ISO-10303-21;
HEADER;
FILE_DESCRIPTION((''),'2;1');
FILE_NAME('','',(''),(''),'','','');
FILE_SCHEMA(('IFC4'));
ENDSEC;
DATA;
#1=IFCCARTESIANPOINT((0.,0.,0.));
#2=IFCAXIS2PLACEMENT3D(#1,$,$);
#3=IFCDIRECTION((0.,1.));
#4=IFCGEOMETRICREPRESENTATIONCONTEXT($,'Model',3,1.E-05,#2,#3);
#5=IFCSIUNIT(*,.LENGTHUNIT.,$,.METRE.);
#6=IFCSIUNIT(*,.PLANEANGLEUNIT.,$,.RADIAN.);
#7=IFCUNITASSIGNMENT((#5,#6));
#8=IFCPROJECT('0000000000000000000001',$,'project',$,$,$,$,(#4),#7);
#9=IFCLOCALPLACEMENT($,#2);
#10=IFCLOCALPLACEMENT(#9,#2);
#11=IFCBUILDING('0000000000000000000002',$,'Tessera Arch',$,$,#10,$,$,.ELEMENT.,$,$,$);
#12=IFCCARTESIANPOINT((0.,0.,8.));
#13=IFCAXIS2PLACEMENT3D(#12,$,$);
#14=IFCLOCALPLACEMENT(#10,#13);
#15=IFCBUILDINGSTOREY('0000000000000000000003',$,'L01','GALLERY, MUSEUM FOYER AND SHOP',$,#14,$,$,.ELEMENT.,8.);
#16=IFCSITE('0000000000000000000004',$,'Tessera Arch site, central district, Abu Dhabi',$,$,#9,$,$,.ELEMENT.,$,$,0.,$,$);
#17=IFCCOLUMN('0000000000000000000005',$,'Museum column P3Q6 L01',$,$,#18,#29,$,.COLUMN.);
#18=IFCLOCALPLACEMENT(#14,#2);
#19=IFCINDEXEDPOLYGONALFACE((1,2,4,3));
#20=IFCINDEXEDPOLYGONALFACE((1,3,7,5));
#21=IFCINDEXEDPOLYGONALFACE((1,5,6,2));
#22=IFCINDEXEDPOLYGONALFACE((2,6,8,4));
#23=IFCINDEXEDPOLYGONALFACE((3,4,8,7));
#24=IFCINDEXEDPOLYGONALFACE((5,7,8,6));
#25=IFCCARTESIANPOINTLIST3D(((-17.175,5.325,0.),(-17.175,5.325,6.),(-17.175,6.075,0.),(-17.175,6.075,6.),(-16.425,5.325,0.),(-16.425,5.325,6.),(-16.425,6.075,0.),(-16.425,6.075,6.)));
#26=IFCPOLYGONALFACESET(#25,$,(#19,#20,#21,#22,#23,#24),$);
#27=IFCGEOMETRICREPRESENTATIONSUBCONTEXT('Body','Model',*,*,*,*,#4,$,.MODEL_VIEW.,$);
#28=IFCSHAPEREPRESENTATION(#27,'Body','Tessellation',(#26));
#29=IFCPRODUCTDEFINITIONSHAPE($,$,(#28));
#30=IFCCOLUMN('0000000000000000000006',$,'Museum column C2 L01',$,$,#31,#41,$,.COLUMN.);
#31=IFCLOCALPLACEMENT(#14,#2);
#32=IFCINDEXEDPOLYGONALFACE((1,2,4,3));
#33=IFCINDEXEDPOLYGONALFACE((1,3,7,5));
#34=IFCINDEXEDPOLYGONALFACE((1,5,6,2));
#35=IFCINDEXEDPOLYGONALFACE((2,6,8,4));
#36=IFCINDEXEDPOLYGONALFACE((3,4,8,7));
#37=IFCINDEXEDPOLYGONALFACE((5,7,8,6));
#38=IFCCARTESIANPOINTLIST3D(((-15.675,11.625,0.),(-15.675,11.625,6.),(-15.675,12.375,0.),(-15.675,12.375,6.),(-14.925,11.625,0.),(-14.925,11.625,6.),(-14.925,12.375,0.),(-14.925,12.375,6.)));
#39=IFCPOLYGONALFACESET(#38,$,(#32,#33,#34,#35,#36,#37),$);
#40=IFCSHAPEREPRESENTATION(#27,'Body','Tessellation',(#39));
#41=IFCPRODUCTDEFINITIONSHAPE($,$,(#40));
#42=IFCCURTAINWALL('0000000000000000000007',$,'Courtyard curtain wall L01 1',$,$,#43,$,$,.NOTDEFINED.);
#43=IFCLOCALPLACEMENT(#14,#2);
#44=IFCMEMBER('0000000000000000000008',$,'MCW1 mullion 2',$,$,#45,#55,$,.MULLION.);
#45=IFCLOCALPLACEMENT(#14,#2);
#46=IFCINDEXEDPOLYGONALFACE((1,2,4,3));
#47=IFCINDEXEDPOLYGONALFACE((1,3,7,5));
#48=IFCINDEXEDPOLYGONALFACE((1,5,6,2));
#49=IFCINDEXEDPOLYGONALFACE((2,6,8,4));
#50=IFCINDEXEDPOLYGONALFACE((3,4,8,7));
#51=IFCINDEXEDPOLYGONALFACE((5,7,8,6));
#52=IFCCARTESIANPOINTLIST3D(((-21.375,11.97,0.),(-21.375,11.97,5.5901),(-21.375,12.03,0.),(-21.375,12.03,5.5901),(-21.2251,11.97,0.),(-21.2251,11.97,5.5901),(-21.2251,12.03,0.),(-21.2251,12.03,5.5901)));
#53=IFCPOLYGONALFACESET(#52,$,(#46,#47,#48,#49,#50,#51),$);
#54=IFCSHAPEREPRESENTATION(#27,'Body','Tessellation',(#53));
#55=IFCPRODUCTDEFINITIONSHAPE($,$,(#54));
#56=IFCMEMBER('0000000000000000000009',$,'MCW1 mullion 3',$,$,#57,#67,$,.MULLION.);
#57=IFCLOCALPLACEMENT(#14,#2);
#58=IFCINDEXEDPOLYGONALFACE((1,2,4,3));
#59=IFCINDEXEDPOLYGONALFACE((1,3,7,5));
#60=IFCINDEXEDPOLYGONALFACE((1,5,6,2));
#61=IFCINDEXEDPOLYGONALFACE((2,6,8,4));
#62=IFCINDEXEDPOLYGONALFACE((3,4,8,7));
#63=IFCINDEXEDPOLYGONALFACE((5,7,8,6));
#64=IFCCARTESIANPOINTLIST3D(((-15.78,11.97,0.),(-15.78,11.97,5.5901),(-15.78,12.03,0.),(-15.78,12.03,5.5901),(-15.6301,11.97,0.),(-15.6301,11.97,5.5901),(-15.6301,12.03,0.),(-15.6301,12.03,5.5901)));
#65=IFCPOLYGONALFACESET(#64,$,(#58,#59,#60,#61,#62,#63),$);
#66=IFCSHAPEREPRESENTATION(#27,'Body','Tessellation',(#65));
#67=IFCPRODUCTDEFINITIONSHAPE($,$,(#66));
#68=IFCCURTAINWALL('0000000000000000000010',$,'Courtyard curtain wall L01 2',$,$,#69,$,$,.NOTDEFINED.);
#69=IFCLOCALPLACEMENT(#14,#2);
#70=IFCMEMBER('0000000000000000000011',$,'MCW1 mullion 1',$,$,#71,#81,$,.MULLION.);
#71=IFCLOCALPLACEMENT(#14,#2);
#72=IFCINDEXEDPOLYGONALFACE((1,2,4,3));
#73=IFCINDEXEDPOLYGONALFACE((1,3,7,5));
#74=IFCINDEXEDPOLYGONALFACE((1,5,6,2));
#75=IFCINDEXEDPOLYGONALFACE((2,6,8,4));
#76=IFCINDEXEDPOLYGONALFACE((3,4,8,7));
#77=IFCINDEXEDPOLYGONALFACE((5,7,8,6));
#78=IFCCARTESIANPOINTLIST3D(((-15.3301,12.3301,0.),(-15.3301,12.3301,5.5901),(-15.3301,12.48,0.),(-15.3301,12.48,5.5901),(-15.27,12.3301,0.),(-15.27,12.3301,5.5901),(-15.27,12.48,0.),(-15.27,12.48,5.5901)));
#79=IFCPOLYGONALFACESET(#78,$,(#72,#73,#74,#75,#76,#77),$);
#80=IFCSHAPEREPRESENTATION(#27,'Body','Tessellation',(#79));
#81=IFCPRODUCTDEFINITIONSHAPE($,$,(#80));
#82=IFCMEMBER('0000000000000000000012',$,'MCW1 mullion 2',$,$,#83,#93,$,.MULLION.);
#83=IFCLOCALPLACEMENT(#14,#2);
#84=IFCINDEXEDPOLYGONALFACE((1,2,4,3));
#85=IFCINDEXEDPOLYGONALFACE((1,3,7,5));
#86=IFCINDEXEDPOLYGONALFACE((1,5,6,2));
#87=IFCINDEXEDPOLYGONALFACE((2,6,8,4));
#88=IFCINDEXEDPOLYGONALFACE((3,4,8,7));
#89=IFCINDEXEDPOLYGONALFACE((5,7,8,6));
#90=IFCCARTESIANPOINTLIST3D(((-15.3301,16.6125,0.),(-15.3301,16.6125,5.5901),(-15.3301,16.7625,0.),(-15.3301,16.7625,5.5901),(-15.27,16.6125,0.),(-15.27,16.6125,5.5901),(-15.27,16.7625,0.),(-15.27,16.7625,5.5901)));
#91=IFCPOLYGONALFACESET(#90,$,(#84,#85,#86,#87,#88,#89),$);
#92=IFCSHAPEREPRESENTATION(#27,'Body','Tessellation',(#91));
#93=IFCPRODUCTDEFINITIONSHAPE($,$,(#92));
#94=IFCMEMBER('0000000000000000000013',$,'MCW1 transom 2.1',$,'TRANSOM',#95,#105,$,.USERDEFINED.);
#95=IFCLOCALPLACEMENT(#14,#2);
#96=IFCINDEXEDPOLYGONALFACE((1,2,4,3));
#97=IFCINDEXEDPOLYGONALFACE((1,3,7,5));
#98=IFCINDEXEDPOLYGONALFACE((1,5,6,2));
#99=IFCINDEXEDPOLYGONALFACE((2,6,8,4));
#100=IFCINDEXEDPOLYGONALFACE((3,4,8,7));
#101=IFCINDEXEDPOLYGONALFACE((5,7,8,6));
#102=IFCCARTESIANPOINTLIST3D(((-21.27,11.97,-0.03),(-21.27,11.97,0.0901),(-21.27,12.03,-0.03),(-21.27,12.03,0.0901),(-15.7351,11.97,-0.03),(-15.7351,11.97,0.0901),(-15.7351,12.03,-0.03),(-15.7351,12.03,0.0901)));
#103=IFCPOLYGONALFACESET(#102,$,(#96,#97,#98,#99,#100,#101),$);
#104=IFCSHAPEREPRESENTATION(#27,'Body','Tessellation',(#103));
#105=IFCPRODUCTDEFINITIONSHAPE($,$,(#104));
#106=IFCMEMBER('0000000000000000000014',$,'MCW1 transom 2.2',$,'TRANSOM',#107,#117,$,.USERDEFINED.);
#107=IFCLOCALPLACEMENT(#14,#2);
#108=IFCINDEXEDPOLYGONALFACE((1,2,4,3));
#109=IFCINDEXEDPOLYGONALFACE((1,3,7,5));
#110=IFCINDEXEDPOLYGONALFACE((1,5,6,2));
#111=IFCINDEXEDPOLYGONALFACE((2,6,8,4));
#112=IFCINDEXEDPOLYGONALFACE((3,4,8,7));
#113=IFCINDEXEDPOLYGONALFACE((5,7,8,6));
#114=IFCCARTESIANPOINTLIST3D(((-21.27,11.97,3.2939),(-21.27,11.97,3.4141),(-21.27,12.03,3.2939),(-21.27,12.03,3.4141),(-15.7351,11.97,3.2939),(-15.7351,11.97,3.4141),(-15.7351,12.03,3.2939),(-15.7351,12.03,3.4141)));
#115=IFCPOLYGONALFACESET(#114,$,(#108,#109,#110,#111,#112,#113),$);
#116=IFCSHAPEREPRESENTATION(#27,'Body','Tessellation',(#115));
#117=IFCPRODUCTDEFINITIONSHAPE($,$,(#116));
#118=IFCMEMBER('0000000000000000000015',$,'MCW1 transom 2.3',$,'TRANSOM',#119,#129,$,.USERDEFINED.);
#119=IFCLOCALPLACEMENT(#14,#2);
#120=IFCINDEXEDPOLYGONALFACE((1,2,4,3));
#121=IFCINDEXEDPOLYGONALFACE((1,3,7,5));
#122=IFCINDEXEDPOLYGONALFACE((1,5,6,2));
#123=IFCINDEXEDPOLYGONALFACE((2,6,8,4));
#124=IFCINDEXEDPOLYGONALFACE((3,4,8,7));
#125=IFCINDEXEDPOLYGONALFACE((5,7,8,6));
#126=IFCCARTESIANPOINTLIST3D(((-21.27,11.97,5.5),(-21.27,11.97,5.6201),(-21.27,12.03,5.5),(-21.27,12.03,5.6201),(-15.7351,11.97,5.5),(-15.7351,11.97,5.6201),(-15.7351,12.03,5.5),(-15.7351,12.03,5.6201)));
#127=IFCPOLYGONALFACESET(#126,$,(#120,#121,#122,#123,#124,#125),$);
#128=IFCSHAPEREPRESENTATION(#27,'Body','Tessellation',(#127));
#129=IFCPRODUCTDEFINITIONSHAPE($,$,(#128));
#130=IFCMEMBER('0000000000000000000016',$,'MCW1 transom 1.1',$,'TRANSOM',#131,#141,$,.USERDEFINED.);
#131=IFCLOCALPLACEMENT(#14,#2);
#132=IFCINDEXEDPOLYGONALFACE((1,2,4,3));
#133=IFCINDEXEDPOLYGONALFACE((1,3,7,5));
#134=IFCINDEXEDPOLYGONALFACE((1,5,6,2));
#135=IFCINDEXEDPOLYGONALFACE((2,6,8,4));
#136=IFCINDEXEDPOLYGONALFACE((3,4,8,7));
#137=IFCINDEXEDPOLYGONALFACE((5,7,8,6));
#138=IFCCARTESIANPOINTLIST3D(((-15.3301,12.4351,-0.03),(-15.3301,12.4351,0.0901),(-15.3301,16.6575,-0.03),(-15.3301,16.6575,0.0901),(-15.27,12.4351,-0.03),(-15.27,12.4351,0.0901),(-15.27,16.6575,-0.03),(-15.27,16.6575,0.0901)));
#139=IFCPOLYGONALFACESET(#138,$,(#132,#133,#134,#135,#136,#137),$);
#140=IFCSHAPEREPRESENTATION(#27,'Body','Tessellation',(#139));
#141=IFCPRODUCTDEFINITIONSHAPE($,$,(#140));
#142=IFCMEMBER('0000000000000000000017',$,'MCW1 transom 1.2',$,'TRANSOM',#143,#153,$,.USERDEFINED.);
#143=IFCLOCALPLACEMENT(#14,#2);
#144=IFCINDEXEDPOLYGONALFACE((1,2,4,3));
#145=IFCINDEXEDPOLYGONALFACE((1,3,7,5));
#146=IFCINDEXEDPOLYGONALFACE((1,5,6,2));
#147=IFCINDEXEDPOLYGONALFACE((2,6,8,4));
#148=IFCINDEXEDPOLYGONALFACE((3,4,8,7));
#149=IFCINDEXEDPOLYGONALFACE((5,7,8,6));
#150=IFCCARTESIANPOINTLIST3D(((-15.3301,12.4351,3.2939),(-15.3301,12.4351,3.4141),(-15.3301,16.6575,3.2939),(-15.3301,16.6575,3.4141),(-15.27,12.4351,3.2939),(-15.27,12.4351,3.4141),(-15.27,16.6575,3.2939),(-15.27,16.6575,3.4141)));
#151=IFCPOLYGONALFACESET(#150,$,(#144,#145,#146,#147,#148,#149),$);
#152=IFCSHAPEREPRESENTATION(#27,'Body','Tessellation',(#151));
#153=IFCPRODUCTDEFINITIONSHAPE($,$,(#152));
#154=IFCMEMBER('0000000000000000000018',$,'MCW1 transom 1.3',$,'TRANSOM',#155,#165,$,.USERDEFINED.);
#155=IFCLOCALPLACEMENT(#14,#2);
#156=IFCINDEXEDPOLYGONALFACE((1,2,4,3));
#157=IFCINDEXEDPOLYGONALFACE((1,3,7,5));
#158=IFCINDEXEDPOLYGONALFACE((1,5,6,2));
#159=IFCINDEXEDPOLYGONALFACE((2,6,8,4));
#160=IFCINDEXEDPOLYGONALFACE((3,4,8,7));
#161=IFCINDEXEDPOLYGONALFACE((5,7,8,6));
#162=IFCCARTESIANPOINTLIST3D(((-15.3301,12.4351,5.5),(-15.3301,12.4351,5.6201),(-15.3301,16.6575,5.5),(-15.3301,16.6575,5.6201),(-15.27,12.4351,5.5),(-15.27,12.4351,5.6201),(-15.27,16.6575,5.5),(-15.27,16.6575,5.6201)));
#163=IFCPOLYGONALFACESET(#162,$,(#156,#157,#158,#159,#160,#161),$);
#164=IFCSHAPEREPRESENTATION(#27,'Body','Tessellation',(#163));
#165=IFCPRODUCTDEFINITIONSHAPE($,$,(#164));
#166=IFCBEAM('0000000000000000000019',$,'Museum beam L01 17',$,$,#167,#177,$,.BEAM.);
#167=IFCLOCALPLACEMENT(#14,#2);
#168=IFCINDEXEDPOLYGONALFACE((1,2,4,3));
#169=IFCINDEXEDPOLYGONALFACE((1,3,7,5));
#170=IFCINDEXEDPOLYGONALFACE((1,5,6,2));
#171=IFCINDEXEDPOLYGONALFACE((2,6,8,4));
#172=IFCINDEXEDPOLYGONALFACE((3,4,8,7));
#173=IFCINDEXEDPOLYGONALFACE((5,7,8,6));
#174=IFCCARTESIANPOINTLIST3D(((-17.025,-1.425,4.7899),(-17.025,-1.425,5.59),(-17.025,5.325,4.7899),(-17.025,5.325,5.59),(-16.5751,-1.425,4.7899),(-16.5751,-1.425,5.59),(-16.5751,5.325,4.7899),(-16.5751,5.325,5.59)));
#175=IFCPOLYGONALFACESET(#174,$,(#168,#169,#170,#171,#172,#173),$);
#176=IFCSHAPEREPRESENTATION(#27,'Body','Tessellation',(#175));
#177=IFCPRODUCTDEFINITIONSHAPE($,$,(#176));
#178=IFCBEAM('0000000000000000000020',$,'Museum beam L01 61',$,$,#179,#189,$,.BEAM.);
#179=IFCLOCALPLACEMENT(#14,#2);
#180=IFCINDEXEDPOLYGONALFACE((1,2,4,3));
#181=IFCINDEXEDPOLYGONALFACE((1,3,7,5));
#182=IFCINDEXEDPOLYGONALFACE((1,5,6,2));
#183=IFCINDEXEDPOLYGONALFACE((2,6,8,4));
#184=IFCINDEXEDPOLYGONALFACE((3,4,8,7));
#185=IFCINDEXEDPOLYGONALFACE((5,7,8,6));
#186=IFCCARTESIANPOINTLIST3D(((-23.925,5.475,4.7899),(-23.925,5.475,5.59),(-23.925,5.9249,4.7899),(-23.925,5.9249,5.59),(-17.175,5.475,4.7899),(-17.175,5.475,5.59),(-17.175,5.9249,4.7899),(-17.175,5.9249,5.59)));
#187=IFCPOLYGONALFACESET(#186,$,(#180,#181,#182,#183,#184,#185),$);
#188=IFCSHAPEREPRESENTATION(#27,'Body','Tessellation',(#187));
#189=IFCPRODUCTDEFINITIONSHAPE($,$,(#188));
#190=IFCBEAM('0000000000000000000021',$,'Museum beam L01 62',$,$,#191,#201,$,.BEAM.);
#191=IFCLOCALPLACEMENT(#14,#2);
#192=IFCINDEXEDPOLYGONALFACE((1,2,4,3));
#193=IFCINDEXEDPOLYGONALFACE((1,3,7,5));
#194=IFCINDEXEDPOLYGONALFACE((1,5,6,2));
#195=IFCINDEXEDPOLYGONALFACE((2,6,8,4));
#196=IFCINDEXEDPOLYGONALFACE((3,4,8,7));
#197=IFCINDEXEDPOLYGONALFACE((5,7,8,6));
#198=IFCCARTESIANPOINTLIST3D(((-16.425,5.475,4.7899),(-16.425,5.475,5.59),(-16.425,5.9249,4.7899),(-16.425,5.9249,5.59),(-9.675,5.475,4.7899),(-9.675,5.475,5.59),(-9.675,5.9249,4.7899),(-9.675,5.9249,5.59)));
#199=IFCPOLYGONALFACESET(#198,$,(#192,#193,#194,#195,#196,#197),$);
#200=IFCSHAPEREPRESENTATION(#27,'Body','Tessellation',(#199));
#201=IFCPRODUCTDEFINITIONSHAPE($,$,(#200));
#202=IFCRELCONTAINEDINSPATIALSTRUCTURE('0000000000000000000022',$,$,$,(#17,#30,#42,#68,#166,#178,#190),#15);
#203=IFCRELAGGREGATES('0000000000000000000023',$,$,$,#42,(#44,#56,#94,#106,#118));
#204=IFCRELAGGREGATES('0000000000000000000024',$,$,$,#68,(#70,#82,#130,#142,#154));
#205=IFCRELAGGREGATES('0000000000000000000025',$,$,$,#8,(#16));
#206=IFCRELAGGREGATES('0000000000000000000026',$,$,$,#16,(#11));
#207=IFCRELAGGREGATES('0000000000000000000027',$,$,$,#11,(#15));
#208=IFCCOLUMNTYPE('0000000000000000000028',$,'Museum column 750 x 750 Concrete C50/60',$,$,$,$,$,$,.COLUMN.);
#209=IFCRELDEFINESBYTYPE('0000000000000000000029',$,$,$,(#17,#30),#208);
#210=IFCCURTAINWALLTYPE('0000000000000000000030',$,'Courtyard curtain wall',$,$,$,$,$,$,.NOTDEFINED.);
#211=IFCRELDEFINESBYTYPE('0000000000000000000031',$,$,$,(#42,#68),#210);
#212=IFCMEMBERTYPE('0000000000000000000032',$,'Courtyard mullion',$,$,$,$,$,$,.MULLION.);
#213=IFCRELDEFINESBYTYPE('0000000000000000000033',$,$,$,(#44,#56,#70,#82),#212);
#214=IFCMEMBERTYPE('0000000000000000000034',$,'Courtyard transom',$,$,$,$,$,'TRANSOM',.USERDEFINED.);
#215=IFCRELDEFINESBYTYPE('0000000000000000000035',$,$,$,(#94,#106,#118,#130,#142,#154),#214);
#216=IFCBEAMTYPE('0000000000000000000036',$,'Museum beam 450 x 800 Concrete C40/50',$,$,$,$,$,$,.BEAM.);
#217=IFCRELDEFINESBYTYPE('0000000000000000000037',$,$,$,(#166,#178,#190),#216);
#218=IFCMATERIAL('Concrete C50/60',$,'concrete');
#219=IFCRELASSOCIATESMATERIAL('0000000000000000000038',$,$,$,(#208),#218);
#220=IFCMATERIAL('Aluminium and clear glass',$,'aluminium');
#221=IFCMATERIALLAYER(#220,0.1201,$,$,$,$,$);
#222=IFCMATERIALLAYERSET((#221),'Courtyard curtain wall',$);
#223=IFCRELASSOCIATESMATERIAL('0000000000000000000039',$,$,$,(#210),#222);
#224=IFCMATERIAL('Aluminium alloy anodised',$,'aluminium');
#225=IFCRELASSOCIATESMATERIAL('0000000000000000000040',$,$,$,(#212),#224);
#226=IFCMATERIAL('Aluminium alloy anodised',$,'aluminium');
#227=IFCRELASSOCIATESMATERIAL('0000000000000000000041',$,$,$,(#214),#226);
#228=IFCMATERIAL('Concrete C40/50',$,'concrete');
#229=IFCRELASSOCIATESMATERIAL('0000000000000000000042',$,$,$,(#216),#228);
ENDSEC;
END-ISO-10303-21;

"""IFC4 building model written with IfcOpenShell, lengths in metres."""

from ifc_helpers import new_model, si_unit, direction, frame, origin, origin_2d, place, context, subcontext, project, spatial, rectangle, extrude, material, layer, layer_set, material_profile, profile_set, type_object, element, aggregate, save


model = new_model("IFC4")

# Units and contexts
model_context = context("Model", 3, precision=1e-05, world=origin(), true_north=direction((0.0, 1.0)))
body_context = subcontext(model_context, "Body", "Model", "MODEL_VIEW")
ifc_project = project(units=[si_unit("LENGTHUNIT", "METRE"), si_unit("PLANEANGLEUNIT", "RADIAN")], contexts=[model_context])

# Site, building, storey
site_placement = place(None, origin())
site = spatial("IfcSite", under=ifc_project, at=site_placement, Name="Tessera Arch site, central district, Abu Dhabi", CompositionType="ELEMENT", RefElevation=0.0)
building_placement = place(site_placement, origin())
building = spatial("IfcBuilding", under=site, at=building_placement, Name="Tessera Arch", CompositionType="ELEMENT")
storey_placement = place(building_placement, frame((0.0, 0.0, 8.0)))
storey = spatial("IfcBuildingStorey", under=building, at=storey_placement, Name="L01", Description="GALLERY, MUSEUM FOYER AND SHOP", CompositionType="ELEMENT", Elevation=8.0)

# Columns
ifc_material_1 = material(Name="Concrete C50/60", Category="concrete")
ifc_material_profile_1 = material_profile(ifc_material_1, rectangle(XDim=0.75, YDim=0.75, at=origin_2d()), Name="Museum column 750 x 750 Concrete C50/60")
ifc_profile_set_1 = profile_set([ifc_material_profile_1], Name="Concrete C50/60")
column_type = type_object("IfcColumnType", Name="Museum column 750 x 750 Concrete C50/60", PredefinedType="COLUMN", material=ifc_profile_set_1)
for number, where, z_axis, x_axis, name in (
    (1, (-16.8, 5.7, 0.0), (0.0, 0.0, 1.0), (1.0, 0.0, 0.0), "Museum column P3Q6 L01"),
    (2, (-15.3, 12.0, 0.0), (0.0, 0.0, 1.0), (1.0, 0.0, 0.0), "Museum column C2 L01"),
):
    element("IfcColumn", number, at=place(storey_placement, frame(where, z_axis=z_axis, x_axis=x_axis)), inside=storey, type_object=column_type, Name=name, PredefinedType="COLUMN", context=body_context, shape_type="SweptSolid", body=[
        extrude(rectangle(XDim=0.75, YDim=0.75, at=origin_2d()), origin(), (0.0, 0.0, 1.0), 6.0),
    ])

# Curtain walls, members
ifc_material_2 = material(Name="Aluminium and clear glass", Category="aluminium")
ifc_layer_1 = layer(ifc_material_2, 0.1201)
ifc_layer_set_1 = layer_set([ifc_layer_1], Name="Courtyard curtain wall")
curtain_wall_type = type_object("IfcCurtainWallType", Name="Courtyard curtain wall", PredefinedType="NOTDEFINED", material=ifc_layer_set_1)
curtain_wall_1_placement = place(storey_placement, origin())
curtain_wall_1 = element("IfcCurtainWall", 3, at=curtain_wall_1_placement, inside=storey, type_object=curtain_wall_type, Name="Courtyard curtain wall L01 1", PredefinedType="NOTDEFINED")
ifc_material_3 = material(Name="Aluminium alloy anodised", Category="aluminium")
ifc_material_profile_2 = material_profile(ifc_material_3, rectangle(XDim=0.0601, YDim=0.1499, at=origin_2d()), Name="Courtyard mullion")
ifc_profile_set_2 = profile_set([ifc_material_profile_2], Name="Aluminium alloy anodised")
member_type_1 = type_object("IfcMemberType", Name="Courtyard mullion", PredefinedType="MULLION", material=ifc_profile_set_2)
member_1_placement = place(storey_placement, frame((-21.3, 12.0, 0.0), z_axis=(0.0, 0.0, 1.0), x_axis=(0.0, 1.0, 0.0)))
member_1 = element("IfcMember", 4, at=member_1_placement, type_object=member_type_1, Name="MCW1 mullion 2", PredefinedType="MULLION", context=body_context, shape_type="SweptSolid", body=[
    extrude(rectangle(XDim=0.0601, YDim=0.1499, at=origin_2d()), origin(), (0.0, 0.0, 1.0), 5.5901),
])
member_2_placement = place(storey_placement, frame((-15.7051, 12.0, 0.0), z_axis=(0.0, 0.0, 1.0), x_axis=(0.0, 1.0, 0.0)))
member_2 = element("IfcMember", 5, at=member_2_placement, type_object=member_type_1, Name="MCW1 mullion 3", PredefinedType="MULLION", context=body_context, shape_type="SweptSolid", body=[
    extrude(rectangle(XDim=0.0601, YDim=0.1499, at=origin_2d()), origin(), (0.0, 0.0, 1.0), 5.5901),
])
curtain_wall_2_placement = place(storey_placement, origin())
curtain_wall_2 = element("IfcCurtainWall", 6, at=curtain_wall_2_placement, inside=storey, type_object=curtain_wall_type, Name="Courtyard curtain wall L01 2", PredefinedType="NOTDEFINED")
member_3_placement = place(storey_placement, frame((-15.3, 12.405, 0.0), z_axis=(0.0, 0.0, 1.0), x_axis=(-1.0, 0.0, 0.0)))
member_3 = element("IfcMember", 7, at=member_3_placement, type_object=member_type_1, Name="MCW1 mullion 1", PredefinedType="MULLION", context=body_context, shape_type="SweptSolid", body=[
    extrude(rectangle(XDim=0.0601, YDim=0.1499, at=origin_2d()), origin(), (0.0, 0.0, 1.0), 5.5901),
])
member_4_placement = place(storey_placement, frame((-15.3, 16.6875, 0.0), z_axis=(0.0, 0.0, 1.0), x_axis=(-1.0, 0.0, 0.0)))
member_4 = element("IfcMember", 8, at=member_4_placement, type_object=member_type_1, Name="MCW1 mullion 2", PredefinedType="MULLION", context=body_context, shape_type="SweptSolid", body=[
    extrude(rectangle(XDim=0.0601, YDim=0.1499, at=origin_2d()), origin(), (0.0, 0.0, 1.0), 5.5901),
])

# Members
ifc_material_4 = material(Name="Aluminium alloy anodised", Category="aluminium")
ifc_material_profile_3 = material_profile(ifc_material_4, rectangle(XDim=0.0601, YDim=0.1201, at=origin_2d()), Name="Courtyard transom")
ifc_profile_set_3 = profile_set([ifc_material_profile_3], Name="Aluminium alloy anodised")
member_type_2 = type_object("IfcMemberType", Name="Courtyard transom", ElementType="TRANSOM", PredefinedType="USERDEFINED", material=ifc_profile_set_3)
member_5_placement = place(storey_placement, frame((-21.27, 12.0, 0.03), z_axis=(1.0, 0.0, 0.0), x_axis=(0.0, 1.0, 0.0)))
member_5 = element("IfcMember", 9, at=member_5_placement, type_object=member_type_2, Name="MCW1 transom 2.1", ObjectType="TRANSOM", PredefinedType="USERDEFINED", context=body_context, shape_type="SweptSolid", body=[
    extrude(rectangle(XDim=0.0601, YDim=0.1201, at=origin_2d()), origin(), (0.0, 0.0, 1.0), 5.5349),
])
member_6_placement = place(storey_placement, frame((-21.27, 12.0, 3.354), z_axis=(1.0, 0.0, 0.0), x_axis=(0.0, 1.0, 0.0)))
member_6 = element("IfcMember", 10, at=member_6_placement, type_object=member_type_2, Name="MCW1 transom 2.2", ObjectType="TRANSOM", PredefinedType="USERDEFINED", context=body_context, shape_type="SweptSolid", body=[
    extrude(rectangle(XDim=0.0601, YDim=0.1201, at=origin_2d()), origin(), (0.0, 0.0, 1.0), 5.5349),
])
member_7_placement = place(storey_placement, frame((-21.27, 12.0, 5.5601), z_axis=(1.0, 0.0, 0.0), x_axis=(0.0, 1.0, 0.0)))
member_7 = element("IfcMember", 11, at=member_7_placement, type_object=member_type_2, Name="MCW1 transom 2.3", ObjectType="TRANSOM", PredefinedType="USERDEFINED", context=body_context, shape_type="SweptSolid", body=[
    extrude(rectangle(XDim=0.0601, YDim=0.1201, at=origin_2d()), origin(), (0.0, 0.0, 1.0), 5.5349),
])
member_8_placement = place(storey_placement, frame((-15.3, 12.4351, 0.03), z_axis=(0.0, 1.0, 0.0), x_axis=(-1.0, 0.0, 0.0)))
member_8 = element("IfcMember", 12, at=member_8_placement, type_object=member_type_2, Name="MCW1 transom 1.1", ObjectType="TRANSOM", PredefinedType="USERDEFINED", context=body_context, shape_type="SweptSolid", body=[
    extrude(rectangle(XDim=0.0601, YDim=0.1201, at=origin_2d()), origin(), (0.0, 0.0, 1.0), 4.2224),
])
member_9_placement = place(storey_placement, frame((-15.3, 12.4351, 3.354), z_axis=(0.0, 1.0, 0.0), x_axis=(-1.0, 0.0, 0.0)))
member_9 = element("IfcMember", 13, at=member_9_placement, type_object=member_type_2, Name="MCW1 transom 1.2", ObjectType="TRANSOM", PredefinedType="USERDEFINED", context=body_context, shape_type="SweptSolid", body=[
    extrude(rectangle(XDim=0.0601, YDim=0.1201, at=origin_2d()), origin(), (0.0, 0.0, 1.0), 4.2224),
])
member_10_placement = place(storey_placement, frame((-15.3, 12.4351, 5.5601), z_axis=(0.0, 1.0, 0.0), x_axis=(-1.0, 0.0, 0.0)))
member_10 = element("IfcMember", 14, at=member_10_placement, type_object=member_type_2, Name="MCW1 transom 1.3", ObjectType="TRANSOM", PredefinedType="USERDEFINED", context=body_context, shape_type="SweptSolid", body=[
    extrude(rectangle(XDim=0.0601, YDim=0.1201, at=origin_2d()), origin(), (0.0, 0.0, 1.0), 4.2224),
])

# Beams
ifc_material_5 = material(Name="Concrete C40/50", Category="concrete")
ifc_material_profile_4 = material_profile(ifc_material_5, rectangle(XDim=0.45, YDim=0.8, at=origin_2d()), Name="Museum beam 450 x 800 Concrete C40/50")
ifc_profile_set_4 = profile_set([ifc_material_profile_4], Name="Concrete C40/50")
beam_type = type_object("IfcBeamType", Name="Museum beam 450 x 800 Concrete C40/50", PredefinedType="BEAM", material=ifc_profile_set_4)
for number, where, z_axis, x_axis, name in (
    (15, (-16.8, -1.425, 5.1899), (0.0, 1.0, 0.0), (-1.0, 0.0, 0.0), "Museum beam L01 17"),
    (16, (-23.925, 5.7, 5.1899), (1.0, 0.0, 0.0), (0.0, 1.0, 0.0), "Museum beam L01 61"),
    (17, (-16.425, 5.7, 5.1899), (1.0, 0.0, 0.0), (0.0, 1.0, 0.0), "Museum beam L01 62"),
):
    element("IfcBeam", number, at=place(storey_placement, frame(where, z_axis=z_axis, x_axis=x_axis)), inside=storey, type_object=beam_type, Name=name, PredefinedType="BEAM", context=body_context, shape_type="SweptSolid", body=[
        extrude(rectangle(XDim=0.45, YDim=0.8, at=origin_2d()), origin(), (0.0, 0.0, 1.0), 6.75),
    ])

aggregate(curtain_wall_1, [member_1, member_2, member_5, member_6, member_7])
aggregate(curtain_wall_2, [member_3, member_4, member_8, member_9, member_10])

save(model, "model.ifc")
